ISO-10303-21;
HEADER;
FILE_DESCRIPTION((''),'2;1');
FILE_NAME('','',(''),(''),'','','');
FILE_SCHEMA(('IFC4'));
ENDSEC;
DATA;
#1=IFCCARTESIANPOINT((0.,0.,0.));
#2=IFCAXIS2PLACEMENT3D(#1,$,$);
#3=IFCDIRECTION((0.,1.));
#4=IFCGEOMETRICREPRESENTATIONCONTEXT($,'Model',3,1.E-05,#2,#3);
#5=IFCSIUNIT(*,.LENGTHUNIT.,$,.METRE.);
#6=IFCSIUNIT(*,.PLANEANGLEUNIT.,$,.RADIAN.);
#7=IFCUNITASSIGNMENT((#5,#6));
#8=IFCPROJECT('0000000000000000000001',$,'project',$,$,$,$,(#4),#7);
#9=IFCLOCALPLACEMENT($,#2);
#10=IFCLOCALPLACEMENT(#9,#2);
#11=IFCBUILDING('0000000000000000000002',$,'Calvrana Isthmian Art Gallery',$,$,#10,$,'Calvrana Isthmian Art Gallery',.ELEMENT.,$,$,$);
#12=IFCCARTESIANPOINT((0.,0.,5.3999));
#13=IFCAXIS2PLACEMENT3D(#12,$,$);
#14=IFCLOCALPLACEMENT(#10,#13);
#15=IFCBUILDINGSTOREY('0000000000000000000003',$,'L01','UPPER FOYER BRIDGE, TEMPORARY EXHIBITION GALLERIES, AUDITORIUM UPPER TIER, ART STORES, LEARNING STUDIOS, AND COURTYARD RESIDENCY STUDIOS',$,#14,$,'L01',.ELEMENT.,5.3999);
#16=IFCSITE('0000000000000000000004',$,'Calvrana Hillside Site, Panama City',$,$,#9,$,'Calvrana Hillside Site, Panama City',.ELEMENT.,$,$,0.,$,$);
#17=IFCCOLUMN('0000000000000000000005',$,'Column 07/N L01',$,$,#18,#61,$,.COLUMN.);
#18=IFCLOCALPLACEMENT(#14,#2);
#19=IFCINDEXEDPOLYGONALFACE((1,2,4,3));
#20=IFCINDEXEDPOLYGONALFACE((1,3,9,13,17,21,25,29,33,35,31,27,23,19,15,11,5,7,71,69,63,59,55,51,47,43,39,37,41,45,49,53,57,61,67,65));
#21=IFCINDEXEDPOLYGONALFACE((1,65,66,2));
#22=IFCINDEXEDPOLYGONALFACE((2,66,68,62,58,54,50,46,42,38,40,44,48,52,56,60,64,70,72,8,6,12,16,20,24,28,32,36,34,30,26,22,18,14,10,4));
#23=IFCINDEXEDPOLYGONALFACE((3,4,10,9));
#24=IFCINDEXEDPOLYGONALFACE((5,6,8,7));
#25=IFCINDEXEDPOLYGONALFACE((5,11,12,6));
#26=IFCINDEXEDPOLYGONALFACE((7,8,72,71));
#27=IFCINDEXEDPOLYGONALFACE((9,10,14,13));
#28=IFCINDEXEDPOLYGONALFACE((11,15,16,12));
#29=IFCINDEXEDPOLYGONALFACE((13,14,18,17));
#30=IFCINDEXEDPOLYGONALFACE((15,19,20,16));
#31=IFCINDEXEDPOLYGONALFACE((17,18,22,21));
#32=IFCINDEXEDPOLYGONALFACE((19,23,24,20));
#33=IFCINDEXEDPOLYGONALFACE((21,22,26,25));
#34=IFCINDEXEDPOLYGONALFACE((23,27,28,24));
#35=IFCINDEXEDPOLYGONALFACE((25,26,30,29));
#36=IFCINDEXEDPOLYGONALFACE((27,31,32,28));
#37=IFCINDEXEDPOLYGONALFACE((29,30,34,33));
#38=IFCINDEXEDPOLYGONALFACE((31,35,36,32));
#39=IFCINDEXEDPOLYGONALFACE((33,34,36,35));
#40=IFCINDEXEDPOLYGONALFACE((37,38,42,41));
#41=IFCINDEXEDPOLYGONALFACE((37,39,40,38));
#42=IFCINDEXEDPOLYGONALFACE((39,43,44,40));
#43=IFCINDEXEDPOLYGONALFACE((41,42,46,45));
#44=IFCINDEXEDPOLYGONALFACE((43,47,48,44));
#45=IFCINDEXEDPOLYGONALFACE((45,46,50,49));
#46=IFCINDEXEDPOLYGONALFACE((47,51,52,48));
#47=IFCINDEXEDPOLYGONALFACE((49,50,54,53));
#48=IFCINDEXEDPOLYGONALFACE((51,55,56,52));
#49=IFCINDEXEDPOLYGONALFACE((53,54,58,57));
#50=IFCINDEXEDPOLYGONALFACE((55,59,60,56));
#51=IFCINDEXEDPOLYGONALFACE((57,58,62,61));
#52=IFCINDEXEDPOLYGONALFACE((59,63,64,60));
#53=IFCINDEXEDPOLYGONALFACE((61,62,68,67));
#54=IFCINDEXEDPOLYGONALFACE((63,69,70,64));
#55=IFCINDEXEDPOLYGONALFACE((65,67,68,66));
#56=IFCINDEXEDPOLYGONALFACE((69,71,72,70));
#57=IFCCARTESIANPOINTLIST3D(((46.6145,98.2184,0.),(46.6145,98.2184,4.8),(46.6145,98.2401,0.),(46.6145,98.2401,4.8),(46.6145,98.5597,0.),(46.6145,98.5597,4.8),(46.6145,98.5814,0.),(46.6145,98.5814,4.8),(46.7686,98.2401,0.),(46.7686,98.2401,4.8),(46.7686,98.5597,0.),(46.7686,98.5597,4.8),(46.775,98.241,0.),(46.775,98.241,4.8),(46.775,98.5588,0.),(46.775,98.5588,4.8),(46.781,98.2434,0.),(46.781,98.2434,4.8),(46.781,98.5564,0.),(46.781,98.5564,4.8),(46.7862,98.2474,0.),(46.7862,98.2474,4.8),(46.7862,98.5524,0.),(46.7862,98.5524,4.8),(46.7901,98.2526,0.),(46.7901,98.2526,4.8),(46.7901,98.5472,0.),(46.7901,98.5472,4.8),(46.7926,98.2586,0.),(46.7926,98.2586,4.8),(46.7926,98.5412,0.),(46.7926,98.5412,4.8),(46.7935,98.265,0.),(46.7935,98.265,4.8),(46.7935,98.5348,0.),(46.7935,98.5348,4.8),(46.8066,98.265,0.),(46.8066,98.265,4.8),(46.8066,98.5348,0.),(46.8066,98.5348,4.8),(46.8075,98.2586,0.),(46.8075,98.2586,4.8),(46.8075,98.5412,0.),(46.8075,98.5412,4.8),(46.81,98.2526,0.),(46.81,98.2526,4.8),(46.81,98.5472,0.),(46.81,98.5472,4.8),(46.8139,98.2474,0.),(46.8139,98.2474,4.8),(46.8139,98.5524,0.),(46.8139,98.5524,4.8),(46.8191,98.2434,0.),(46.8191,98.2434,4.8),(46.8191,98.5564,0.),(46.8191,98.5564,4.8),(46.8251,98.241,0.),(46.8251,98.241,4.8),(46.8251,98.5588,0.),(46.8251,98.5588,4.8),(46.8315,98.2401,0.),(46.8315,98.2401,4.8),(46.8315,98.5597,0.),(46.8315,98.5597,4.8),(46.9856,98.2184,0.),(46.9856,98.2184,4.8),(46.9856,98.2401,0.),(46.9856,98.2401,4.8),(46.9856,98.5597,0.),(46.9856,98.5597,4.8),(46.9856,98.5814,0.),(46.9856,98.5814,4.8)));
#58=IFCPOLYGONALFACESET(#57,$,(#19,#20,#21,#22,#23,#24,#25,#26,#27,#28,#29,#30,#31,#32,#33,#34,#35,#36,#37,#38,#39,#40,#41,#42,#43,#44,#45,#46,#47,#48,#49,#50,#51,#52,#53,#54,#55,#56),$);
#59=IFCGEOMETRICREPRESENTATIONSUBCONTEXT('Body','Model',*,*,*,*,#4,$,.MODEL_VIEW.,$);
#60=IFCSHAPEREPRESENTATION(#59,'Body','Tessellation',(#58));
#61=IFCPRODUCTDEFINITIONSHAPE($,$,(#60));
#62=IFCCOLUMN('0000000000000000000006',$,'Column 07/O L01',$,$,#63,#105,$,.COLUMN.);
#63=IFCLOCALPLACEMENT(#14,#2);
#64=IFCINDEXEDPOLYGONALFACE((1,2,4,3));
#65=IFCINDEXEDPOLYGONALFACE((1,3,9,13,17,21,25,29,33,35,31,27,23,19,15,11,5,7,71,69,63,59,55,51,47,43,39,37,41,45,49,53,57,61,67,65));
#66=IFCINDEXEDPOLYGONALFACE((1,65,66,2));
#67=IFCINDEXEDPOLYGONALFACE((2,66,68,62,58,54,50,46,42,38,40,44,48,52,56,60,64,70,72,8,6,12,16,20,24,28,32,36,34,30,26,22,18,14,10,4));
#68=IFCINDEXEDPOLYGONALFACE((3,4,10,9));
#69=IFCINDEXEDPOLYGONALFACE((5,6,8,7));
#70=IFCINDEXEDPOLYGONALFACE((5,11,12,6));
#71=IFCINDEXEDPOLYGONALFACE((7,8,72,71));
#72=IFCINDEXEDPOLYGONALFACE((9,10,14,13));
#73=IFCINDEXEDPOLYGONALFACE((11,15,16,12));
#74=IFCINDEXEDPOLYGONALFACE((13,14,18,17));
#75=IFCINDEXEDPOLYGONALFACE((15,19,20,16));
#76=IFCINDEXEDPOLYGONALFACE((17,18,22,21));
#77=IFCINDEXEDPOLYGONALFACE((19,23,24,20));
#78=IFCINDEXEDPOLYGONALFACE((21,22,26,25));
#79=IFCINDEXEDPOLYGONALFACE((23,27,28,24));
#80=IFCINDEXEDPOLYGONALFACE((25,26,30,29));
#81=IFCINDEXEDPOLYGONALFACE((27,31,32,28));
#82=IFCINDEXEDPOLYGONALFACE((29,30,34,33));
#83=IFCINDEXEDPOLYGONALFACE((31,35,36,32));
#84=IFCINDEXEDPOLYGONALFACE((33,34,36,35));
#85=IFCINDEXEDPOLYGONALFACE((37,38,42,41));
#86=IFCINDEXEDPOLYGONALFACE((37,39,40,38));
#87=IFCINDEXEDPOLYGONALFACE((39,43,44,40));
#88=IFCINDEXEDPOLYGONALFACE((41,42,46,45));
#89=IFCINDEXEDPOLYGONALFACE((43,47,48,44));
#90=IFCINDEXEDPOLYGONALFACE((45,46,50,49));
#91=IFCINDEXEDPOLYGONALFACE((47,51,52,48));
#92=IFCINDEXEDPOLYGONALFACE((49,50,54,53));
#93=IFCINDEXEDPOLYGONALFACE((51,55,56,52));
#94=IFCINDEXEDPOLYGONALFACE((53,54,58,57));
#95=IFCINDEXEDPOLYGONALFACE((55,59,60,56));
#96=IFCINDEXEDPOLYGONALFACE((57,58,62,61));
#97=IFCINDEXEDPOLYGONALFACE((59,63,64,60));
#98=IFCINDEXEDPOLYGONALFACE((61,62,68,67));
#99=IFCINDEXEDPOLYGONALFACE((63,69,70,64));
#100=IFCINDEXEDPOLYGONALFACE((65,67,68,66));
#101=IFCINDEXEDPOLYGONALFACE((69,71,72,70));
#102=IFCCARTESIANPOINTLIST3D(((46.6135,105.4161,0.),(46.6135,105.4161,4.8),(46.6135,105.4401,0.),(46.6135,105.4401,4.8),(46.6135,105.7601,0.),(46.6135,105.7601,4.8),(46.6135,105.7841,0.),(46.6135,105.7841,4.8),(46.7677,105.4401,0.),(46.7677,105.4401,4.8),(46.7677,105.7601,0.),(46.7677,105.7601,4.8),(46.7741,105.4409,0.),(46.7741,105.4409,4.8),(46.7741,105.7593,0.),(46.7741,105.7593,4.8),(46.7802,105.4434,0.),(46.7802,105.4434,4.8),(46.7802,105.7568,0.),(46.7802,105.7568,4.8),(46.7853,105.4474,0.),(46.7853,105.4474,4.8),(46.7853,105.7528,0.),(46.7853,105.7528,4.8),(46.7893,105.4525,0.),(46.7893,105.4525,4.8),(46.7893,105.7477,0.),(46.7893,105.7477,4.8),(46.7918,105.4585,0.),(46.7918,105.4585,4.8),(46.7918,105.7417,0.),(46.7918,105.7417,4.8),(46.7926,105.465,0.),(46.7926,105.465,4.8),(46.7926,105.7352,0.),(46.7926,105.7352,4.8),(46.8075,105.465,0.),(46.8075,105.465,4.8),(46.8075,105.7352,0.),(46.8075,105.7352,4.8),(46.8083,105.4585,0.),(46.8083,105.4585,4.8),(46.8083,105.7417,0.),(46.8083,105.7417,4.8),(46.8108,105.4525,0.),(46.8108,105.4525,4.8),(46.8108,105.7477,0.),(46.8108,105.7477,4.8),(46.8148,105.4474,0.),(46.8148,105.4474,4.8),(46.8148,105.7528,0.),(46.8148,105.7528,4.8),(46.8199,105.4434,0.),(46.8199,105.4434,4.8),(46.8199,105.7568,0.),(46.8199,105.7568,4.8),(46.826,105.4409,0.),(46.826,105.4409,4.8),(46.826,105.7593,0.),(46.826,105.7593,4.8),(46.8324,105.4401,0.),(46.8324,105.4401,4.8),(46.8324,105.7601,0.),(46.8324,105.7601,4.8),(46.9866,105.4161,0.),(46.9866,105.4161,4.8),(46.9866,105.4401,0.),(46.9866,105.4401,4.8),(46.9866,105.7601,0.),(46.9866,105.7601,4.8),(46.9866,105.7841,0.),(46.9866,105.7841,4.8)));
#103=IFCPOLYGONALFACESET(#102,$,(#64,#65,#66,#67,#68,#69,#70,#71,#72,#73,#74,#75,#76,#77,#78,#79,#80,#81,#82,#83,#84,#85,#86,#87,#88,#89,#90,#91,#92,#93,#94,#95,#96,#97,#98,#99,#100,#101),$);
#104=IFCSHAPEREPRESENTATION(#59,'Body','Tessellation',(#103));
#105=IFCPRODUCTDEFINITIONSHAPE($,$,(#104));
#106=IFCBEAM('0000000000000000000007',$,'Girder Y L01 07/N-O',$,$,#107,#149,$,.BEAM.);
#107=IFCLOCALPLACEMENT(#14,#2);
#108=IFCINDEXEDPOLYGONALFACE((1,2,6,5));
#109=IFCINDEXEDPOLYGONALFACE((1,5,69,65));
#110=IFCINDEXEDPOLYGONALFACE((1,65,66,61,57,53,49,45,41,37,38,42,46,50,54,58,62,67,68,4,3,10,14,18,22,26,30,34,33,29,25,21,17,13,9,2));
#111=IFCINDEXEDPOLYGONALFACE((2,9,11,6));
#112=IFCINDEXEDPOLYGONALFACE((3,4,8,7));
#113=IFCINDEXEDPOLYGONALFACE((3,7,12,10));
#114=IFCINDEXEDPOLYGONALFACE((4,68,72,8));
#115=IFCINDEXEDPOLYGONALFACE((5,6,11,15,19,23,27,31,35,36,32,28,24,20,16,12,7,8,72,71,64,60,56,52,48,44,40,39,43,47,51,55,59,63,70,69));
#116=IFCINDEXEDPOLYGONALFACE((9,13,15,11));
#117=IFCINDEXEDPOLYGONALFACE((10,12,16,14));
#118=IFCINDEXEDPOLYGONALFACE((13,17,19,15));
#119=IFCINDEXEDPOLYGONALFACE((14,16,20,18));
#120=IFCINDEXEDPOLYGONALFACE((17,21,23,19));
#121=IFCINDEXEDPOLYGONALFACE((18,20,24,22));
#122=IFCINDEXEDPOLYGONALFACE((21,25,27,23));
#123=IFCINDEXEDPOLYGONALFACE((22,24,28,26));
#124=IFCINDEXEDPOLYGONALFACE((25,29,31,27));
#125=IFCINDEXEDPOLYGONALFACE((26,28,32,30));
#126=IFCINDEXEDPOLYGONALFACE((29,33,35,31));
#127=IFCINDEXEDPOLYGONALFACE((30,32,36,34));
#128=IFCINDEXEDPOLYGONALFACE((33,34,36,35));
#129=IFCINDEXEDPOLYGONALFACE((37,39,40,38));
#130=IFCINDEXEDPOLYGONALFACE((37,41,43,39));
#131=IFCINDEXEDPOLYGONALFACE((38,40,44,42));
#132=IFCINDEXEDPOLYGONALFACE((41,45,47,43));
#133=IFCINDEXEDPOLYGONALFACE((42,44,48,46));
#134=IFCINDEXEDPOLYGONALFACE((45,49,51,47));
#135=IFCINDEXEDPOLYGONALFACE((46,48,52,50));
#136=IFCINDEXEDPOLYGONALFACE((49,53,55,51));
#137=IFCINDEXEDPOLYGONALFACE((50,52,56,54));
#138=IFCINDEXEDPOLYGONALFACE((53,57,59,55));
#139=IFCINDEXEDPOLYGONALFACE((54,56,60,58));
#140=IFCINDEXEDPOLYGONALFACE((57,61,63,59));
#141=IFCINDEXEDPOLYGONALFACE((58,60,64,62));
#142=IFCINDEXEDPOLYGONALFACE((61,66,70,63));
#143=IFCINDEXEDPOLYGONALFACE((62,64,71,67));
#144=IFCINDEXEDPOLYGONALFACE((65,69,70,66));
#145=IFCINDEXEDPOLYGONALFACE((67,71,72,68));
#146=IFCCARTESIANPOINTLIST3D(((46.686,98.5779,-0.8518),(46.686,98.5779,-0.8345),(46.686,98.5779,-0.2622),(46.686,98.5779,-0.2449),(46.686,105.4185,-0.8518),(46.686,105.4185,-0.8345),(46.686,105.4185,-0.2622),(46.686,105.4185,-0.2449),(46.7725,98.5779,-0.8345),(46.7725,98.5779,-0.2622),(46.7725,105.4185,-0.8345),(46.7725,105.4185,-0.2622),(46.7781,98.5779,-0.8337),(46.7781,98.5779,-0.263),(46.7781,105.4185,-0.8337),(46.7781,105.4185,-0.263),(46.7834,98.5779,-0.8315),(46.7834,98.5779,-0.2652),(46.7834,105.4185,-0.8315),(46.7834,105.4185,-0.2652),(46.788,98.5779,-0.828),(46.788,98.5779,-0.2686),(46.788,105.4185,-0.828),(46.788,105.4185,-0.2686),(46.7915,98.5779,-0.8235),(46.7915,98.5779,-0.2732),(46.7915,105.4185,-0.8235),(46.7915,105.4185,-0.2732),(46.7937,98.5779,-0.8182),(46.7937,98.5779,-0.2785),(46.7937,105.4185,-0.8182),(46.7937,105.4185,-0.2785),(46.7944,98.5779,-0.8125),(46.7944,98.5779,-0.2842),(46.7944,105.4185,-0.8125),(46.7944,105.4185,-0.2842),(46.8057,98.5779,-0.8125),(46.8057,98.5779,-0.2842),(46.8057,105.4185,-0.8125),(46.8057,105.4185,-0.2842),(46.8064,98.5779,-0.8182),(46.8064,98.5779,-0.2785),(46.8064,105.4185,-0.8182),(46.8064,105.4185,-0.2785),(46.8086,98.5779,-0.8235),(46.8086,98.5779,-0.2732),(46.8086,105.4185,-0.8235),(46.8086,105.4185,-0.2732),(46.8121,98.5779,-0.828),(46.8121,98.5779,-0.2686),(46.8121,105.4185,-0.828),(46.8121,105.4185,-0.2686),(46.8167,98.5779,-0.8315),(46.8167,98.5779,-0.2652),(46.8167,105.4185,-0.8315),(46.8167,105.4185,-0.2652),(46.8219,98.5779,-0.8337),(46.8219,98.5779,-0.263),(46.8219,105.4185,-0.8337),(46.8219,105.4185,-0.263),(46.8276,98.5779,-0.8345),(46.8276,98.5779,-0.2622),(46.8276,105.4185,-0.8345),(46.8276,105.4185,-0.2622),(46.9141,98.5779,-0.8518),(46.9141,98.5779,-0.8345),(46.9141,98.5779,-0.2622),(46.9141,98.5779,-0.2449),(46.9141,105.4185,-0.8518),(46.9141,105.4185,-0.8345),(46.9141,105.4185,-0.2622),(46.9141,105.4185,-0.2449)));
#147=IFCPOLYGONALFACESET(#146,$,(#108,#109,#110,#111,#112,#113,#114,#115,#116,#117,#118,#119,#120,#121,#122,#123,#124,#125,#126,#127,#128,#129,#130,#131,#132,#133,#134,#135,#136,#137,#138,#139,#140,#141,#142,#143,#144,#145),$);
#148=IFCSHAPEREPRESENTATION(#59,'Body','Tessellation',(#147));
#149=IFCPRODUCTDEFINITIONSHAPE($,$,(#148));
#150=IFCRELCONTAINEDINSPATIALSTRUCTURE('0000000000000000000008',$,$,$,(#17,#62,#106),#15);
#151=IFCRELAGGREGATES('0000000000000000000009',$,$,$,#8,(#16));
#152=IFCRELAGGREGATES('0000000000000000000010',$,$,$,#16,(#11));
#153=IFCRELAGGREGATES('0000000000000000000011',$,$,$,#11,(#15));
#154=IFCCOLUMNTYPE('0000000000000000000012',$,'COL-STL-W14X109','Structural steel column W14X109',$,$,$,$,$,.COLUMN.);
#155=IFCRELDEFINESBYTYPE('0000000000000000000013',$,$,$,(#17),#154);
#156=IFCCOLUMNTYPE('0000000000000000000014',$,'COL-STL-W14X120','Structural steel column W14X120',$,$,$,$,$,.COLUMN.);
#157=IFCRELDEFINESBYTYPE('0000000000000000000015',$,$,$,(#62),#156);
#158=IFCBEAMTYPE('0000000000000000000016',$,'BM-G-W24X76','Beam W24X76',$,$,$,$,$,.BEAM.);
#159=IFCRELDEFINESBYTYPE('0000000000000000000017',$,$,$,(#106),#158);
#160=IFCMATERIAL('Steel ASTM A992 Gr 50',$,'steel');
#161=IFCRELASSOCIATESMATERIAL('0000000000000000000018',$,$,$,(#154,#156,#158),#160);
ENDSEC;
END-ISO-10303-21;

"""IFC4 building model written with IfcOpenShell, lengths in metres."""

from ifc_helpers import new_model, si_unit, direction, frame, origin, origin_2d, place, context, subcontext, project, spatial, i_section, extrude, material, material_profile, profile_set, type_object, element, save


model = new_model("IFC4")

# Units and contexts
model_context = context("Model", 3, precision=1e-05, world=origin(), true_north=direction((0.0, 1.0)))
body_context = subcontext(model_context, "Body", "Model", "MODEL_VIEW")
ifc_project = project(units=[si_unit("LENGTHUNIT", "METRE"), si_unit("PLANEANGLEUNIT", "RADIAN")], contexts=[model_context])

# Site, building, storey
site_placement = place(None, origin())
site = spatial("IfcSite", under=ifc_project, at=site_placement, Name="Calvrana Hillside Site, Panama City", LongName="Calvrana Hillside Site, Panama City", CompositionType="ELEMENT", RefElevation=0.0)
building_placement = place(site_placement, origin())
building = spatial("IfcBuilding", under=site, at=building_placement, Name="Calvrana Isthmian Art Gallery", LongName="Calvrana Isthmian Art Gallery", CompositionType="ELEMENT")
storey_placement = place(building_placement, frame((0.0, 0.0, 5.3999)))
storey = spatial("IfcBuildingStorey", under=building, at=storey_placement, Name="L01", Description="UPPER FOYER BRIDGE, TEMPORARY EXHIBITION GALLERIES, AUDITORIUM UPPER TIER, ART STORES, LEARNING STUDIOS, AND COURTYARD RESIDENCY STUDIOS", LongName="L01", CompositionType="ELEMENT", Elevation=5.3999)

# Columns
ifc_material_1 = material(Name="Steel ASTM A992 Gr 50", Category="steel")
ifc_material_profile_1 = material_profile(ifc_material_1, i_section(OverallWidth=0.3711, OverallDepth=0.363, WebThickness=0.0132, FlangeThickness=0.0217, FilletRadius=0.0249, at=origin_2d()), Name="W14X109")
ifc_profile_set_1 = profile_set([ifc_material_profile_1], Name="Steel ASTM A992 Gr 50")
column_type_1 = type_object("IfcColumnType", Name="COL-STL-W14X109", Description="Structural steel column W14X109", PredefinedType="COLUMN", material=ifc_profile_set_1)
column_1_placement = place(storey_placement, frame((46.8, 98.3999, 0.0), z_axis=(0.0, 0.0, 1.0), x_axis=(1.0, 0.0, 0.0)))
element("IfcColumn", 1, at=column_1_placement, inside=storey, type_object=column_type_1, Name="Column 07/N L01", PredefinedType="COLUMN", context=body_context, shape_type="SweptSolid", body=[
    extrude(i_section(OverallWidth=0.3711, OverallDepth=0.363, WebThickness=0.0132, FlangeThickness=0.0217, FilletRadius=0.0249, at=origin_2d()), origin(), (0.0, 0.0, 1.0), 4.8),
])
ifc_material_profile_2 = material_profile(ifc_material_1, i_section(OverallWidth=0.373, OverallDepth=0.3679, WebThickness=0.0149, FlangeThickness=0.0239, FilletRadius=0.0249, at=origin_2d()), Name="W14X120")
ifc_profile_set_2 = profile_set([ifc_material_profile_2], Name="Steel ASTM A992 Gr 50")
column_type_2 = type_object("IfcColumnType", Name="COL-STL-W14X120", Description="Structural steel column W14X120", PredefinedType="COLUMN", material=ifc_profile_set_2)
column_2_placement = place(storey_placement, frame((46.8, 105.6001, 0.0), z_axis=(0.0, 0.0, 1.0), x_axis=(1.0, 0.0, 0.0)))
element("IfcColumn", 2, at=column_2_placement, inside=storey, type_object=column_type_2, Name="Column 07/O L01", PredefinedType="COLUMN", context=body_context, shape_type="SweptSolid", body=[
    extrude(i_section(OverallWidth=0.373, OverallDepth=0.3679, WebThickness=0.0149, FlangeThickness=0.0239, FilletRadius=0.0249, at=origin_2d()), origin(), (0.0, 0.0, 1.0), 4.8),
])

# Beam
ifc_material_profile_3 = material_profile(ifc_material_1, i_section(OverallWidth=0.228, OverallDepth=0.6069, WebThickness=0.0112, FlangeThickness=0.0173, FilletRadius=0.022, at=origin_2d()), Name="W24X76")
ifc_profile_set_3 = profile_set([ifc_material_profile_3], Name="Steel ASTM A992 Gr 50")
beam_type_1 = type_object("IfcBeamType", Name="BM-G-W24X76", Description="Beam W24X76", PredefinedType="BEAM", material=ifc_profile_set_3)
beam_1_placement = place(storey_placement, frame((46.8, 98.5779, -0.5483), z_axis=(0.0, 1.0, 0.0), x_axis=(-1.0, 0.0, 0.0)))
element("IfcBeam", 3, at=beam_1_placement, inside=storey, type_object=beam_type_1, Name="Girder Y L01 07/N-O", PredefinedType="BEAM", context=body_context, shape_type="SweptSolid", body=[
    extrude(i_section(OverallWidth=0.228, OverallDepth=0.6069, WebThickness=0.0112, FlangeThickness=0.0173, FilletRadius=0.022, at=origin_2d()), origin(), (0.0, 0.0, 1.0), 6.8406),
])

save(model, "model.ifc")
